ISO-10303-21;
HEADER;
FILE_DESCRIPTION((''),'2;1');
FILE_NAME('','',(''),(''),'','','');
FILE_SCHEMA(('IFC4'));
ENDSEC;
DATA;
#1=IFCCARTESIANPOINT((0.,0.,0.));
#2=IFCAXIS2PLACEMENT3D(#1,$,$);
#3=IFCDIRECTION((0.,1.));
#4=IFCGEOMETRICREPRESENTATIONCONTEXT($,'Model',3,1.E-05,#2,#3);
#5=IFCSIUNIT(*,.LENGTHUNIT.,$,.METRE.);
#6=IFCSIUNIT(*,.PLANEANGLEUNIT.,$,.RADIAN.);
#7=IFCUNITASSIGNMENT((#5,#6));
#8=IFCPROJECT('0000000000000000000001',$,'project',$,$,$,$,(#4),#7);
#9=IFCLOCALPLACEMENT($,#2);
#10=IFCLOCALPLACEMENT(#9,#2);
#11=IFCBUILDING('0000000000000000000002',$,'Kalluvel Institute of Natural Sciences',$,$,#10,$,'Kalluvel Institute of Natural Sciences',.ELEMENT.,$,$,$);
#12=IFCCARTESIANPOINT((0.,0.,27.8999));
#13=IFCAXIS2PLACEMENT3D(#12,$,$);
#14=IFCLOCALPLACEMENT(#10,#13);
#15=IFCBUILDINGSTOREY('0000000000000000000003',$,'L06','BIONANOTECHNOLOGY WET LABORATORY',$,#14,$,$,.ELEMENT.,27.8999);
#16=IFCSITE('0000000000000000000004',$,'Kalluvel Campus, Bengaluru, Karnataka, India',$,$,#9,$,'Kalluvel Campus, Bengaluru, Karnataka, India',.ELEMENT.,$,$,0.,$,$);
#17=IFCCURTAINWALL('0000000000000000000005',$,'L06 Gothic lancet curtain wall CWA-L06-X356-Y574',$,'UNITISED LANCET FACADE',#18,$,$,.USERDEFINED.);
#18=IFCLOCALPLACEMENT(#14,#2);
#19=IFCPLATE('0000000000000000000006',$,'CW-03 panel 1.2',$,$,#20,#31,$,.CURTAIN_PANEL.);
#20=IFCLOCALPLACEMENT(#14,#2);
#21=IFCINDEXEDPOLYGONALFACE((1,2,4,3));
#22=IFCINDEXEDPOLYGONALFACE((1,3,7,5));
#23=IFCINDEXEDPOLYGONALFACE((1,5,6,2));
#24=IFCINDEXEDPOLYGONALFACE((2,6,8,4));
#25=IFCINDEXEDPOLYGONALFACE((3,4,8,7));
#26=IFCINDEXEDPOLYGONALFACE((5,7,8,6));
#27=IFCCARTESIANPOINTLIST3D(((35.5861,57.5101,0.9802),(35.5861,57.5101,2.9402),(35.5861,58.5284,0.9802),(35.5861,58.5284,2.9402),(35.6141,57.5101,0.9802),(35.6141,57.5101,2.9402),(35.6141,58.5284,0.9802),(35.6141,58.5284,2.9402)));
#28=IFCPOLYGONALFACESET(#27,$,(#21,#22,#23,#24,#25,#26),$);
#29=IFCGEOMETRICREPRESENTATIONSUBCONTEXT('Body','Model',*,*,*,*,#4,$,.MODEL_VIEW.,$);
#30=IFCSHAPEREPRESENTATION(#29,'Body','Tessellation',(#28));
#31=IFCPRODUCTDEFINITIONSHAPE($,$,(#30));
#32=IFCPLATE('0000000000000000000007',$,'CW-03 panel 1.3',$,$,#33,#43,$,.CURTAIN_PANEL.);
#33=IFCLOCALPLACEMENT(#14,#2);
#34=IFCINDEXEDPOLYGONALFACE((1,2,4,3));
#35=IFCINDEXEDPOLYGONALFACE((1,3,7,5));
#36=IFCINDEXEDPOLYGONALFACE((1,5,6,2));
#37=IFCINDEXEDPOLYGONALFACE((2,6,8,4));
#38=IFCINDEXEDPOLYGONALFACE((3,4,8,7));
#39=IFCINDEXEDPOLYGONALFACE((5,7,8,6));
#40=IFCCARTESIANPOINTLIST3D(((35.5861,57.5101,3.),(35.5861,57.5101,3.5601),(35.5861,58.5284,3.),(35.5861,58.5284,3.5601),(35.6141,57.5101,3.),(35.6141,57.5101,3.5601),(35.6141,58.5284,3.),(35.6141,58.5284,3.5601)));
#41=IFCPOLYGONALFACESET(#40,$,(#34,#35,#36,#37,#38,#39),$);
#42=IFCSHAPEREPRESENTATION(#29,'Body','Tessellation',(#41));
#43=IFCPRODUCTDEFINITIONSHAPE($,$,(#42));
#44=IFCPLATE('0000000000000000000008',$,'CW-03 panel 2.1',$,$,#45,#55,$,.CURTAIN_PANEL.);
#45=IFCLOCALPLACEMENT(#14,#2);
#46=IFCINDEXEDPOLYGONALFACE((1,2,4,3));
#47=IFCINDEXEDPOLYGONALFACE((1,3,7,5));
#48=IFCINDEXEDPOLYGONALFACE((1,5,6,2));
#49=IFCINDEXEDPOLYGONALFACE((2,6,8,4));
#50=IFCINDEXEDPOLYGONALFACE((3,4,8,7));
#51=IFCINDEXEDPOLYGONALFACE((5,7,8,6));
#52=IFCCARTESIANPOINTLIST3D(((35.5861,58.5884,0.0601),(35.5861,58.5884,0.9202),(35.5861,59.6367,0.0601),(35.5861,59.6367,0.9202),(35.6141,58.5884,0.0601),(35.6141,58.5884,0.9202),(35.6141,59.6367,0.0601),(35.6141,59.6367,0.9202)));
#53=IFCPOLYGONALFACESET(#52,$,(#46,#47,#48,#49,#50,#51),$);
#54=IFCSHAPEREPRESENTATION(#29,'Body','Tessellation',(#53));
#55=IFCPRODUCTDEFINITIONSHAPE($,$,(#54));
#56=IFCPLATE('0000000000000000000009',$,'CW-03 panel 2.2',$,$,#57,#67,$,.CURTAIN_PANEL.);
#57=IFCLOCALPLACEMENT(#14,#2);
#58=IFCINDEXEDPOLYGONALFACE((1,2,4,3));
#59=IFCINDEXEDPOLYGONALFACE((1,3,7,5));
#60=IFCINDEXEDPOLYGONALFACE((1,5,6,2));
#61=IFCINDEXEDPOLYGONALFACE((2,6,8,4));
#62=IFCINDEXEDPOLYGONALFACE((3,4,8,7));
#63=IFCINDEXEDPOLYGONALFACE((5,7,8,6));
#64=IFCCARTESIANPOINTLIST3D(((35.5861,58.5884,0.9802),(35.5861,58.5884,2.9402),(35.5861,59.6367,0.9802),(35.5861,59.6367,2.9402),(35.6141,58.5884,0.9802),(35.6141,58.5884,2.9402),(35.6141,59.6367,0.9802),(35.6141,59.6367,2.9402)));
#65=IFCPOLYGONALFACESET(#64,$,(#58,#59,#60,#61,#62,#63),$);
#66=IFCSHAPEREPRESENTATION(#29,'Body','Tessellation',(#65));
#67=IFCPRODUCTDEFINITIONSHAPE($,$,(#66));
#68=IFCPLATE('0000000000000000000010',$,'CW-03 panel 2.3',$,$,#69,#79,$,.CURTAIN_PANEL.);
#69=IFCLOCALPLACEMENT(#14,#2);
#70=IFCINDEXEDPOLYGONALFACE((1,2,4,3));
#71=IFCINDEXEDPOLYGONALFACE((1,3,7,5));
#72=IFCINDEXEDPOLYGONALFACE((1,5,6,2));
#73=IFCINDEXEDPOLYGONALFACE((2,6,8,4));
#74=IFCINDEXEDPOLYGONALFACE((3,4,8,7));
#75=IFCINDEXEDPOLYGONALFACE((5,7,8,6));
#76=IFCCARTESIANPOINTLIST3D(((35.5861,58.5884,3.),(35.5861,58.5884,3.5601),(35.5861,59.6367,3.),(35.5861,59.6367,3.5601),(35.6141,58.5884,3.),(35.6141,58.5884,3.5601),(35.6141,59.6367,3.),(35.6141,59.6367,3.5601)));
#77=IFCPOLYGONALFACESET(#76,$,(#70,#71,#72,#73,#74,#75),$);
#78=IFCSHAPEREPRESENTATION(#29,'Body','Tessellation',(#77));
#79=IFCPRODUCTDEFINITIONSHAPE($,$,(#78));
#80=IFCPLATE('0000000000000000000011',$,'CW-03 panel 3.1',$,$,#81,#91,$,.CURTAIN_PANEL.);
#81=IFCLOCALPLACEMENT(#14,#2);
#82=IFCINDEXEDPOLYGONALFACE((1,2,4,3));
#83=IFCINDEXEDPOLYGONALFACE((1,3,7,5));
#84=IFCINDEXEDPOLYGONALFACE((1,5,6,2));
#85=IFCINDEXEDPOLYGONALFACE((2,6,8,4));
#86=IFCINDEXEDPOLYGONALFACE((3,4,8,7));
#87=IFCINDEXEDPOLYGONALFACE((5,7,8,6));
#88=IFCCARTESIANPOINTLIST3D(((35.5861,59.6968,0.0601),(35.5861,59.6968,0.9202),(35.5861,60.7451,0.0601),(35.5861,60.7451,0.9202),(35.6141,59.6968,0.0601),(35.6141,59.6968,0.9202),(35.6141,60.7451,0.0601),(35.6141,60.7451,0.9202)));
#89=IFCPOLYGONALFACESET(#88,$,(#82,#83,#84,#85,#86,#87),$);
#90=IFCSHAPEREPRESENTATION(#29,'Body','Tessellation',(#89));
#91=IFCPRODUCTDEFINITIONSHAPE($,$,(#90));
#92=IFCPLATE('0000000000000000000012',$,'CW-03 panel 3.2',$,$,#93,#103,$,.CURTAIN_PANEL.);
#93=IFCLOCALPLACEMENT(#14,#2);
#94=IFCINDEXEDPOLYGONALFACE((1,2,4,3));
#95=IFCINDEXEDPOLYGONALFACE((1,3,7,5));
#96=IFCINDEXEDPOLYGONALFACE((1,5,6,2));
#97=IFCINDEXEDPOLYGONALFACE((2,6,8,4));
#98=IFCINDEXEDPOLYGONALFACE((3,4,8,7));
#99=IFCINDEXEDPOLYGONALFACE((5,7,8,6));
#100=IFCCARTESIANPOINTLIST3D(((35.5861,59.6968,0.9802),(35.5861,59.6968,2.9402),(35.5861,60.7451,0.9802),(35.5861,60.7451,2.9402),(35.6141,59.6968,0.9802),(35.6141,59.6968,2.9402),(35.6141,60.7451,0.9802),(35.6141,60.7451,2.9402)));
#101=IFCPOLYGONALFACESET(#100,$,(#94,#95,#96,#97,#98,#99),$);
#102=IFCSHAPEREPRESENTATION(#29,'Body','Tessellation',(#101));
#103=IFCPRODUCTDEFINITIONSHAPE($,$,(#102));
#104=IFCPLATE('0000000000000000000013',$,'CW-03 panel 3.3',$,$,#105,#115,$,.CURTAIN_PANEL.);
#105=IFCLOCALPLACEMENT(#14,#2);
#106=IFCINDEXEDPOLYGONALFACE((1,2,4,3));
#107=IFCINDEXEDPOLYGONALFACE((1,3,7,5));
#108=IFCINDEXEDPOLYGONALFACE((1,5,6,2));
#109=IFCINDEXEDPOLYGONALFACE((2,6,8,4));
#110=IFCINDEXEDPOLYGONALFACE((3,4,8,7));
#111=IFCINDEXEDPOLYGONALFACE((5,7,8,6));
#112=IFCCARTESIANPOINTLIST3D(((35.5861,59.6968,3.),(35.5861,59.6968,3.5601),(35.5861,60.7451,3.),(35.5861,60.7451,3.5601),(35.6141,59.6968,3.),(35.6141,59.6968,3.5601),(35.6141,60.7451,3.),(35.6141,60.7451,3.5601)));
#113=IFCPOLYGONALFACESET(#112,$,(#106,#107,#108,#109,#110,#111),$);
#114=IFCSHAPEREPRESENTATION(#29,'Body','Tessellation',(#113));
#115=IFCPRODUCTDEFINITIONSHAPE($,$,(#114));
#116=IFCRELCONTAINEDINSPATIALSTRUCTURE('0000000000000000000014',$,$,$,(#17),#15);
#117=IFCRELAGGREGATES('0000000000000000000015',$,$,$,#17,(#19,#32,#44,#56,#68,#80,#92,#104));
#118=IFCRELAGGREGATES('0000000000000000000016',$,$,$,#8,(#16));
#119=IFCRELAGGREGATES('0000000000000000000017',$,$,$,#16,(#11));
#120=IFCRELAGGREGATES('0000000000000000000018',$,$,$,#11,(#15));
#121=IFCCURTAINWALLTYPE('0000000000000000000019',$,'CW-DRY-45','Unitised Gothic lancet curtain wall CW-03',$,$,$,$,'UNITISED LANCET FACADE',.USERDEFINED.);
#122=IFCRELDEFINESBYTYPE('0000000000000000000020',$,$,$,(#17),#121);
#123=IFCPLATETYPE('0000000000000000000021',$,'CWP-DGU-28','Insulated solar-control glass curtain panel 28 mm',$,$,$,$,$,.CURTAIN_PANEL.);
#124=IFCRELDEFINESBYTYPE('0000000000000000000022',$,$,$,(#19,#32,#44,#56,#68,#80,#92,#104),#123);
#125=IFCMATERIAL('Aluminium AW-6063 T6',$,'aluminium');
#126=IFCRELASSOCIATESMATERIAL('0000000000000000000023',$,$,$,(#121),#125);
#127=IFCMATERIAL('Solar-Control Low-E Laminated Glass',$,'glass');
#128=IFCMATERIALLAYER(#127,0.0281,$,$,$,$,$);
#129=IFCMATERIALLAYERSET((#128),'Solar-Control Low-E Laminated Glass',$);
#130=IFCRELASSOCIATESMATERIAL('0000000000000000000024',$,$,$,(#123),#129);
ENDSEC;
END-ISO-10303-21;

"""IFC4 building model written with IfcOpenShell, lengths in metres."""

from ifc_helpers import new_model, si_unit, direction, frame, origin, origin_2d, place, context, subcontext, project, spatial, rectangle, extrude, material, layer, layer_set, type_object, element, aggregate, save


model = new_model("IFC4")

# Units and contexts
model_context = context("Model", 3, precision=1e-05, world=origin(), true_north=direction((0.0, 1.0)))
body_context = subcontext(model_context, "Body", "Model", "MODEL_VIEW")
ifc_project = project(units=[si_unit("LENGTHUNIT", "METRE"), si_unit("PLANEANGLEUNIT", "RADIAN")], contexts=[model_context])

# Site, building, storey
site_placement = place(None, origin())
site = spatial("IfcSite", under=ifc_project, at=site_placement, Name="Kalluvel Campus, Bengaluru, Karnataka, India", LongName="Kalluvel Campus, Bengaluru, Karnataka, India", CompositionType="ELEMENT", RefElevation=0.0)
building_placement = place(site_placement, origin())
building = spatial("IfcBuilding", under=site, at=building_placement, Name="Kalluvel Institute of Natural Sciences", LongName="Kalluvel Institute of Natural Sciences", CompositionType="ELEMENT")
storey_placement = place(building_placement, frame((0.0, 0.0, 27.8999)))
storey = spatial("IfcBuildingStorey", under=building, at=storey_placement, Name="L06", Description="BIONANOTECHNOLOGY WET LABORATORY", CompositionType="ELEMENT", Elevation=27.8999)

# Curtain wall, plates
ifc_material_1 = material(Name="Aluminium AW-6063 T6", Category="aluminium")
curtain_wall_type = type_object("IfcCurtainWallType", Name="CW-DRY-45", Description="Unitised Gothic lancet curtain wall CW-03", ElementType="UNITISED LANCET FACADE", PredefinedType="USERDEFINED", material=ifc_material_1)
curtain_wall_placement = place(storey_placement, origin())
curtain_wall = element("IfcCurtainWall", 1, at=curtain_wall_placement, inside=storey, type_object=curtain_wall_type, Name="L06 Gothic lancet curtain wall CWA-L06-X356-Y574", ObjectType="UNITISED LANCET FACADE", PredefinedType="USERDEFINED")
ifc_material_2 = material(Name="Solar-Control Low-E Laminated Glass", Category="glass")
ifc_layer = layer(ifc_material_2, 0.0281)
ifc_layer_set = layer_set([ifc_layer], Name="Solar-Control Low-E Laminated Glass")
plate_type = type_object("IfcPlateType", Name="CWP-DGU-28", Description="Insulated solar-control glass curtain panel 28 mm", PredefinedType="CURTAIN_PANEL", material=ifc_layer_set)
plate_1_placement = place(storey_placement, frame((35.6001, 58.0193, 0.9802), z_axis=(0.0, 0.0, 1.0), x_axis=(0.0, 1.0, 0.0)))
plate_1 = element("IfcPlate", 2, at=plate_1_placement, type_object=plate_type, Name="CW-03 panel 1.2", PredefinedType="CURTAIN_PANEL", context=body_context, shape_type="SweptSolid", body=[
    extrude(rectangle(XDim=1.0183, YDim=0.0281, at=origin_2d()), origin(), (0.0, 0.0, 1.0), 1.96),
])
plate_2_placement = place(storey_placement, frame((35.6001, 58.0193, 3.0), z_axis=(0.0, 0.0, 1.0), x_axis=(0.0, 1.0, 0.0)))
plate_2 = element("IfcPlate", 3, at=plate_2_placement, type_object=plate_type, Name="CW-03 panel 1.3", PredefinedType="CURTAIN_PANEL", context=body_context, shape_type="SweptSolid", body=[
    extrude(rectangle(XDim=1.0183, YDim=0.0281, at=origin_2d()), origin(), (0.0, 0.0, 1.0), 0.5601),
])
plate_3_placement = place(storey_placement, frame((35.6001, 59.1125, 0.0601), z_axis=(0.0, 0.0, 1.0), x_axis=(0.0, 1.0, 0.0)))
plate_3 = element("IfcPlate", 4, at=plate_3_placement, type_object=plate_type, Name="CW-03 panel 2.1", PredefinedType="CURTAIN_PANEL", context=body_context, shape_type="SweptSolid", body=[
    extrude(rectangle(XDim=1.0483, YDim=0.0281, at=origin_2d()), origin(), (0.0, 0.0, 1.0), 0.8601),
])
plate_4_placement = place(storey_placement, frame((35.6001, 59.1125, 0.9802), z_axis=(0.0, 0.0, 1.0), x_axis=(0.0, 1.0, 0.0)))
plate_4 = element("IfcPlate", 5, at=plate_4_placement, type_object=plate_type, Name="CW-03 panel 2.2", PredefinedType="CURTAIN_PANEL", context=body_context, shape_type="SweptSolid", body=[
    extrude(rectangle(XDim=1.0483, YDim=0.0281, at=origin_2d()), origin(), (0.0, 0.0, 1.0), 1.96),
])
plate_5_placement = place(storey_placement, frame((35.6001, 59.1125, 3.0), z_axis=(0.0, 0.0, 1.0), x_axis=(0.0, 1.0, 0.0)))
plate_5 = element("IfcPlate", 6, at=plate_5_placement, type_object=plate_type, Name="CW-03 panel 2.3", PredefinedType="CURTAIN_PANEL", context=body_context, shape_type="SweptSolid", body=[
    extrude(rectangle(XDim=1.0483, YDim=0.0281, at=origin_2d()), origin(), (0.0, 0.0, 1.0), 0.5601),
])
plate_6_placement = place(storey_placement, frame((35.6001, 60.2209, 0.0601), z_axis=(0.0, 0.0, 1.0), x_axis=(0.0, 1.0, 0.0)))
plate_6 = element("IfcPlate", 7, at=plate_6_placement, type_object=plate_type, Name="CW-03 panel 3.1", PredefinedType="CURTAIN_PANEL", context=body_context, shape_type="SweptSolid", body=[
    extrude(rectangle(XDim=1.0483, YDim=0.0281, at=origin_2d()), origin(), (0.0, 0.0, 1.0), 0.8601),
])
plate_7_placement = place(storey_placement, frame((35.6001, 60.2209, 0.9802), z_axis=(0.0, 0.0, 1.0), x_axis=(0.0, 1.0, 0.0)))
plate_7 = element("IfcPlate", 8, at=plate_7_placement, type_object=plate_type, Name="CW-03 panel 3.2", PredefinedType="CURTAIN_PANEL", context=body_context, shape_type="SweptSolid", body=[
    extrude(rectangle(XDim=1.0483, YDim=0.0281, at=origin_2d()), origin(), (0.0, 0.0, 1.0), 1.96),
])
plate_8_placement = place(storey_placement, frame((35.6001, 60.2209, 3.0), z_axis=(0.0, 0.0, 1.0), x_axis=(0.0, 1.0, 0.0)))
plate_8 = element("IfcPlate", 9, at=plate_8_placement, type_object=plate_type, Name="CW-03 panel 3.3", PredefinedType="CURTAIN_PANEL", context=body_context, shape_type="SweptSolid", body=[
    extrude(rectangle(XDim=1.0483, YDim=0.0281, at=origin_2d()), origin(), (0.0, 0.0, 1.0), 0.5601),
])
aggregate(curtain_wall, [plate_1, plate_2, plate_3, plate_4, plate_5, plate_6, plate_7, plate_8])

save(model, "model.ifc")
